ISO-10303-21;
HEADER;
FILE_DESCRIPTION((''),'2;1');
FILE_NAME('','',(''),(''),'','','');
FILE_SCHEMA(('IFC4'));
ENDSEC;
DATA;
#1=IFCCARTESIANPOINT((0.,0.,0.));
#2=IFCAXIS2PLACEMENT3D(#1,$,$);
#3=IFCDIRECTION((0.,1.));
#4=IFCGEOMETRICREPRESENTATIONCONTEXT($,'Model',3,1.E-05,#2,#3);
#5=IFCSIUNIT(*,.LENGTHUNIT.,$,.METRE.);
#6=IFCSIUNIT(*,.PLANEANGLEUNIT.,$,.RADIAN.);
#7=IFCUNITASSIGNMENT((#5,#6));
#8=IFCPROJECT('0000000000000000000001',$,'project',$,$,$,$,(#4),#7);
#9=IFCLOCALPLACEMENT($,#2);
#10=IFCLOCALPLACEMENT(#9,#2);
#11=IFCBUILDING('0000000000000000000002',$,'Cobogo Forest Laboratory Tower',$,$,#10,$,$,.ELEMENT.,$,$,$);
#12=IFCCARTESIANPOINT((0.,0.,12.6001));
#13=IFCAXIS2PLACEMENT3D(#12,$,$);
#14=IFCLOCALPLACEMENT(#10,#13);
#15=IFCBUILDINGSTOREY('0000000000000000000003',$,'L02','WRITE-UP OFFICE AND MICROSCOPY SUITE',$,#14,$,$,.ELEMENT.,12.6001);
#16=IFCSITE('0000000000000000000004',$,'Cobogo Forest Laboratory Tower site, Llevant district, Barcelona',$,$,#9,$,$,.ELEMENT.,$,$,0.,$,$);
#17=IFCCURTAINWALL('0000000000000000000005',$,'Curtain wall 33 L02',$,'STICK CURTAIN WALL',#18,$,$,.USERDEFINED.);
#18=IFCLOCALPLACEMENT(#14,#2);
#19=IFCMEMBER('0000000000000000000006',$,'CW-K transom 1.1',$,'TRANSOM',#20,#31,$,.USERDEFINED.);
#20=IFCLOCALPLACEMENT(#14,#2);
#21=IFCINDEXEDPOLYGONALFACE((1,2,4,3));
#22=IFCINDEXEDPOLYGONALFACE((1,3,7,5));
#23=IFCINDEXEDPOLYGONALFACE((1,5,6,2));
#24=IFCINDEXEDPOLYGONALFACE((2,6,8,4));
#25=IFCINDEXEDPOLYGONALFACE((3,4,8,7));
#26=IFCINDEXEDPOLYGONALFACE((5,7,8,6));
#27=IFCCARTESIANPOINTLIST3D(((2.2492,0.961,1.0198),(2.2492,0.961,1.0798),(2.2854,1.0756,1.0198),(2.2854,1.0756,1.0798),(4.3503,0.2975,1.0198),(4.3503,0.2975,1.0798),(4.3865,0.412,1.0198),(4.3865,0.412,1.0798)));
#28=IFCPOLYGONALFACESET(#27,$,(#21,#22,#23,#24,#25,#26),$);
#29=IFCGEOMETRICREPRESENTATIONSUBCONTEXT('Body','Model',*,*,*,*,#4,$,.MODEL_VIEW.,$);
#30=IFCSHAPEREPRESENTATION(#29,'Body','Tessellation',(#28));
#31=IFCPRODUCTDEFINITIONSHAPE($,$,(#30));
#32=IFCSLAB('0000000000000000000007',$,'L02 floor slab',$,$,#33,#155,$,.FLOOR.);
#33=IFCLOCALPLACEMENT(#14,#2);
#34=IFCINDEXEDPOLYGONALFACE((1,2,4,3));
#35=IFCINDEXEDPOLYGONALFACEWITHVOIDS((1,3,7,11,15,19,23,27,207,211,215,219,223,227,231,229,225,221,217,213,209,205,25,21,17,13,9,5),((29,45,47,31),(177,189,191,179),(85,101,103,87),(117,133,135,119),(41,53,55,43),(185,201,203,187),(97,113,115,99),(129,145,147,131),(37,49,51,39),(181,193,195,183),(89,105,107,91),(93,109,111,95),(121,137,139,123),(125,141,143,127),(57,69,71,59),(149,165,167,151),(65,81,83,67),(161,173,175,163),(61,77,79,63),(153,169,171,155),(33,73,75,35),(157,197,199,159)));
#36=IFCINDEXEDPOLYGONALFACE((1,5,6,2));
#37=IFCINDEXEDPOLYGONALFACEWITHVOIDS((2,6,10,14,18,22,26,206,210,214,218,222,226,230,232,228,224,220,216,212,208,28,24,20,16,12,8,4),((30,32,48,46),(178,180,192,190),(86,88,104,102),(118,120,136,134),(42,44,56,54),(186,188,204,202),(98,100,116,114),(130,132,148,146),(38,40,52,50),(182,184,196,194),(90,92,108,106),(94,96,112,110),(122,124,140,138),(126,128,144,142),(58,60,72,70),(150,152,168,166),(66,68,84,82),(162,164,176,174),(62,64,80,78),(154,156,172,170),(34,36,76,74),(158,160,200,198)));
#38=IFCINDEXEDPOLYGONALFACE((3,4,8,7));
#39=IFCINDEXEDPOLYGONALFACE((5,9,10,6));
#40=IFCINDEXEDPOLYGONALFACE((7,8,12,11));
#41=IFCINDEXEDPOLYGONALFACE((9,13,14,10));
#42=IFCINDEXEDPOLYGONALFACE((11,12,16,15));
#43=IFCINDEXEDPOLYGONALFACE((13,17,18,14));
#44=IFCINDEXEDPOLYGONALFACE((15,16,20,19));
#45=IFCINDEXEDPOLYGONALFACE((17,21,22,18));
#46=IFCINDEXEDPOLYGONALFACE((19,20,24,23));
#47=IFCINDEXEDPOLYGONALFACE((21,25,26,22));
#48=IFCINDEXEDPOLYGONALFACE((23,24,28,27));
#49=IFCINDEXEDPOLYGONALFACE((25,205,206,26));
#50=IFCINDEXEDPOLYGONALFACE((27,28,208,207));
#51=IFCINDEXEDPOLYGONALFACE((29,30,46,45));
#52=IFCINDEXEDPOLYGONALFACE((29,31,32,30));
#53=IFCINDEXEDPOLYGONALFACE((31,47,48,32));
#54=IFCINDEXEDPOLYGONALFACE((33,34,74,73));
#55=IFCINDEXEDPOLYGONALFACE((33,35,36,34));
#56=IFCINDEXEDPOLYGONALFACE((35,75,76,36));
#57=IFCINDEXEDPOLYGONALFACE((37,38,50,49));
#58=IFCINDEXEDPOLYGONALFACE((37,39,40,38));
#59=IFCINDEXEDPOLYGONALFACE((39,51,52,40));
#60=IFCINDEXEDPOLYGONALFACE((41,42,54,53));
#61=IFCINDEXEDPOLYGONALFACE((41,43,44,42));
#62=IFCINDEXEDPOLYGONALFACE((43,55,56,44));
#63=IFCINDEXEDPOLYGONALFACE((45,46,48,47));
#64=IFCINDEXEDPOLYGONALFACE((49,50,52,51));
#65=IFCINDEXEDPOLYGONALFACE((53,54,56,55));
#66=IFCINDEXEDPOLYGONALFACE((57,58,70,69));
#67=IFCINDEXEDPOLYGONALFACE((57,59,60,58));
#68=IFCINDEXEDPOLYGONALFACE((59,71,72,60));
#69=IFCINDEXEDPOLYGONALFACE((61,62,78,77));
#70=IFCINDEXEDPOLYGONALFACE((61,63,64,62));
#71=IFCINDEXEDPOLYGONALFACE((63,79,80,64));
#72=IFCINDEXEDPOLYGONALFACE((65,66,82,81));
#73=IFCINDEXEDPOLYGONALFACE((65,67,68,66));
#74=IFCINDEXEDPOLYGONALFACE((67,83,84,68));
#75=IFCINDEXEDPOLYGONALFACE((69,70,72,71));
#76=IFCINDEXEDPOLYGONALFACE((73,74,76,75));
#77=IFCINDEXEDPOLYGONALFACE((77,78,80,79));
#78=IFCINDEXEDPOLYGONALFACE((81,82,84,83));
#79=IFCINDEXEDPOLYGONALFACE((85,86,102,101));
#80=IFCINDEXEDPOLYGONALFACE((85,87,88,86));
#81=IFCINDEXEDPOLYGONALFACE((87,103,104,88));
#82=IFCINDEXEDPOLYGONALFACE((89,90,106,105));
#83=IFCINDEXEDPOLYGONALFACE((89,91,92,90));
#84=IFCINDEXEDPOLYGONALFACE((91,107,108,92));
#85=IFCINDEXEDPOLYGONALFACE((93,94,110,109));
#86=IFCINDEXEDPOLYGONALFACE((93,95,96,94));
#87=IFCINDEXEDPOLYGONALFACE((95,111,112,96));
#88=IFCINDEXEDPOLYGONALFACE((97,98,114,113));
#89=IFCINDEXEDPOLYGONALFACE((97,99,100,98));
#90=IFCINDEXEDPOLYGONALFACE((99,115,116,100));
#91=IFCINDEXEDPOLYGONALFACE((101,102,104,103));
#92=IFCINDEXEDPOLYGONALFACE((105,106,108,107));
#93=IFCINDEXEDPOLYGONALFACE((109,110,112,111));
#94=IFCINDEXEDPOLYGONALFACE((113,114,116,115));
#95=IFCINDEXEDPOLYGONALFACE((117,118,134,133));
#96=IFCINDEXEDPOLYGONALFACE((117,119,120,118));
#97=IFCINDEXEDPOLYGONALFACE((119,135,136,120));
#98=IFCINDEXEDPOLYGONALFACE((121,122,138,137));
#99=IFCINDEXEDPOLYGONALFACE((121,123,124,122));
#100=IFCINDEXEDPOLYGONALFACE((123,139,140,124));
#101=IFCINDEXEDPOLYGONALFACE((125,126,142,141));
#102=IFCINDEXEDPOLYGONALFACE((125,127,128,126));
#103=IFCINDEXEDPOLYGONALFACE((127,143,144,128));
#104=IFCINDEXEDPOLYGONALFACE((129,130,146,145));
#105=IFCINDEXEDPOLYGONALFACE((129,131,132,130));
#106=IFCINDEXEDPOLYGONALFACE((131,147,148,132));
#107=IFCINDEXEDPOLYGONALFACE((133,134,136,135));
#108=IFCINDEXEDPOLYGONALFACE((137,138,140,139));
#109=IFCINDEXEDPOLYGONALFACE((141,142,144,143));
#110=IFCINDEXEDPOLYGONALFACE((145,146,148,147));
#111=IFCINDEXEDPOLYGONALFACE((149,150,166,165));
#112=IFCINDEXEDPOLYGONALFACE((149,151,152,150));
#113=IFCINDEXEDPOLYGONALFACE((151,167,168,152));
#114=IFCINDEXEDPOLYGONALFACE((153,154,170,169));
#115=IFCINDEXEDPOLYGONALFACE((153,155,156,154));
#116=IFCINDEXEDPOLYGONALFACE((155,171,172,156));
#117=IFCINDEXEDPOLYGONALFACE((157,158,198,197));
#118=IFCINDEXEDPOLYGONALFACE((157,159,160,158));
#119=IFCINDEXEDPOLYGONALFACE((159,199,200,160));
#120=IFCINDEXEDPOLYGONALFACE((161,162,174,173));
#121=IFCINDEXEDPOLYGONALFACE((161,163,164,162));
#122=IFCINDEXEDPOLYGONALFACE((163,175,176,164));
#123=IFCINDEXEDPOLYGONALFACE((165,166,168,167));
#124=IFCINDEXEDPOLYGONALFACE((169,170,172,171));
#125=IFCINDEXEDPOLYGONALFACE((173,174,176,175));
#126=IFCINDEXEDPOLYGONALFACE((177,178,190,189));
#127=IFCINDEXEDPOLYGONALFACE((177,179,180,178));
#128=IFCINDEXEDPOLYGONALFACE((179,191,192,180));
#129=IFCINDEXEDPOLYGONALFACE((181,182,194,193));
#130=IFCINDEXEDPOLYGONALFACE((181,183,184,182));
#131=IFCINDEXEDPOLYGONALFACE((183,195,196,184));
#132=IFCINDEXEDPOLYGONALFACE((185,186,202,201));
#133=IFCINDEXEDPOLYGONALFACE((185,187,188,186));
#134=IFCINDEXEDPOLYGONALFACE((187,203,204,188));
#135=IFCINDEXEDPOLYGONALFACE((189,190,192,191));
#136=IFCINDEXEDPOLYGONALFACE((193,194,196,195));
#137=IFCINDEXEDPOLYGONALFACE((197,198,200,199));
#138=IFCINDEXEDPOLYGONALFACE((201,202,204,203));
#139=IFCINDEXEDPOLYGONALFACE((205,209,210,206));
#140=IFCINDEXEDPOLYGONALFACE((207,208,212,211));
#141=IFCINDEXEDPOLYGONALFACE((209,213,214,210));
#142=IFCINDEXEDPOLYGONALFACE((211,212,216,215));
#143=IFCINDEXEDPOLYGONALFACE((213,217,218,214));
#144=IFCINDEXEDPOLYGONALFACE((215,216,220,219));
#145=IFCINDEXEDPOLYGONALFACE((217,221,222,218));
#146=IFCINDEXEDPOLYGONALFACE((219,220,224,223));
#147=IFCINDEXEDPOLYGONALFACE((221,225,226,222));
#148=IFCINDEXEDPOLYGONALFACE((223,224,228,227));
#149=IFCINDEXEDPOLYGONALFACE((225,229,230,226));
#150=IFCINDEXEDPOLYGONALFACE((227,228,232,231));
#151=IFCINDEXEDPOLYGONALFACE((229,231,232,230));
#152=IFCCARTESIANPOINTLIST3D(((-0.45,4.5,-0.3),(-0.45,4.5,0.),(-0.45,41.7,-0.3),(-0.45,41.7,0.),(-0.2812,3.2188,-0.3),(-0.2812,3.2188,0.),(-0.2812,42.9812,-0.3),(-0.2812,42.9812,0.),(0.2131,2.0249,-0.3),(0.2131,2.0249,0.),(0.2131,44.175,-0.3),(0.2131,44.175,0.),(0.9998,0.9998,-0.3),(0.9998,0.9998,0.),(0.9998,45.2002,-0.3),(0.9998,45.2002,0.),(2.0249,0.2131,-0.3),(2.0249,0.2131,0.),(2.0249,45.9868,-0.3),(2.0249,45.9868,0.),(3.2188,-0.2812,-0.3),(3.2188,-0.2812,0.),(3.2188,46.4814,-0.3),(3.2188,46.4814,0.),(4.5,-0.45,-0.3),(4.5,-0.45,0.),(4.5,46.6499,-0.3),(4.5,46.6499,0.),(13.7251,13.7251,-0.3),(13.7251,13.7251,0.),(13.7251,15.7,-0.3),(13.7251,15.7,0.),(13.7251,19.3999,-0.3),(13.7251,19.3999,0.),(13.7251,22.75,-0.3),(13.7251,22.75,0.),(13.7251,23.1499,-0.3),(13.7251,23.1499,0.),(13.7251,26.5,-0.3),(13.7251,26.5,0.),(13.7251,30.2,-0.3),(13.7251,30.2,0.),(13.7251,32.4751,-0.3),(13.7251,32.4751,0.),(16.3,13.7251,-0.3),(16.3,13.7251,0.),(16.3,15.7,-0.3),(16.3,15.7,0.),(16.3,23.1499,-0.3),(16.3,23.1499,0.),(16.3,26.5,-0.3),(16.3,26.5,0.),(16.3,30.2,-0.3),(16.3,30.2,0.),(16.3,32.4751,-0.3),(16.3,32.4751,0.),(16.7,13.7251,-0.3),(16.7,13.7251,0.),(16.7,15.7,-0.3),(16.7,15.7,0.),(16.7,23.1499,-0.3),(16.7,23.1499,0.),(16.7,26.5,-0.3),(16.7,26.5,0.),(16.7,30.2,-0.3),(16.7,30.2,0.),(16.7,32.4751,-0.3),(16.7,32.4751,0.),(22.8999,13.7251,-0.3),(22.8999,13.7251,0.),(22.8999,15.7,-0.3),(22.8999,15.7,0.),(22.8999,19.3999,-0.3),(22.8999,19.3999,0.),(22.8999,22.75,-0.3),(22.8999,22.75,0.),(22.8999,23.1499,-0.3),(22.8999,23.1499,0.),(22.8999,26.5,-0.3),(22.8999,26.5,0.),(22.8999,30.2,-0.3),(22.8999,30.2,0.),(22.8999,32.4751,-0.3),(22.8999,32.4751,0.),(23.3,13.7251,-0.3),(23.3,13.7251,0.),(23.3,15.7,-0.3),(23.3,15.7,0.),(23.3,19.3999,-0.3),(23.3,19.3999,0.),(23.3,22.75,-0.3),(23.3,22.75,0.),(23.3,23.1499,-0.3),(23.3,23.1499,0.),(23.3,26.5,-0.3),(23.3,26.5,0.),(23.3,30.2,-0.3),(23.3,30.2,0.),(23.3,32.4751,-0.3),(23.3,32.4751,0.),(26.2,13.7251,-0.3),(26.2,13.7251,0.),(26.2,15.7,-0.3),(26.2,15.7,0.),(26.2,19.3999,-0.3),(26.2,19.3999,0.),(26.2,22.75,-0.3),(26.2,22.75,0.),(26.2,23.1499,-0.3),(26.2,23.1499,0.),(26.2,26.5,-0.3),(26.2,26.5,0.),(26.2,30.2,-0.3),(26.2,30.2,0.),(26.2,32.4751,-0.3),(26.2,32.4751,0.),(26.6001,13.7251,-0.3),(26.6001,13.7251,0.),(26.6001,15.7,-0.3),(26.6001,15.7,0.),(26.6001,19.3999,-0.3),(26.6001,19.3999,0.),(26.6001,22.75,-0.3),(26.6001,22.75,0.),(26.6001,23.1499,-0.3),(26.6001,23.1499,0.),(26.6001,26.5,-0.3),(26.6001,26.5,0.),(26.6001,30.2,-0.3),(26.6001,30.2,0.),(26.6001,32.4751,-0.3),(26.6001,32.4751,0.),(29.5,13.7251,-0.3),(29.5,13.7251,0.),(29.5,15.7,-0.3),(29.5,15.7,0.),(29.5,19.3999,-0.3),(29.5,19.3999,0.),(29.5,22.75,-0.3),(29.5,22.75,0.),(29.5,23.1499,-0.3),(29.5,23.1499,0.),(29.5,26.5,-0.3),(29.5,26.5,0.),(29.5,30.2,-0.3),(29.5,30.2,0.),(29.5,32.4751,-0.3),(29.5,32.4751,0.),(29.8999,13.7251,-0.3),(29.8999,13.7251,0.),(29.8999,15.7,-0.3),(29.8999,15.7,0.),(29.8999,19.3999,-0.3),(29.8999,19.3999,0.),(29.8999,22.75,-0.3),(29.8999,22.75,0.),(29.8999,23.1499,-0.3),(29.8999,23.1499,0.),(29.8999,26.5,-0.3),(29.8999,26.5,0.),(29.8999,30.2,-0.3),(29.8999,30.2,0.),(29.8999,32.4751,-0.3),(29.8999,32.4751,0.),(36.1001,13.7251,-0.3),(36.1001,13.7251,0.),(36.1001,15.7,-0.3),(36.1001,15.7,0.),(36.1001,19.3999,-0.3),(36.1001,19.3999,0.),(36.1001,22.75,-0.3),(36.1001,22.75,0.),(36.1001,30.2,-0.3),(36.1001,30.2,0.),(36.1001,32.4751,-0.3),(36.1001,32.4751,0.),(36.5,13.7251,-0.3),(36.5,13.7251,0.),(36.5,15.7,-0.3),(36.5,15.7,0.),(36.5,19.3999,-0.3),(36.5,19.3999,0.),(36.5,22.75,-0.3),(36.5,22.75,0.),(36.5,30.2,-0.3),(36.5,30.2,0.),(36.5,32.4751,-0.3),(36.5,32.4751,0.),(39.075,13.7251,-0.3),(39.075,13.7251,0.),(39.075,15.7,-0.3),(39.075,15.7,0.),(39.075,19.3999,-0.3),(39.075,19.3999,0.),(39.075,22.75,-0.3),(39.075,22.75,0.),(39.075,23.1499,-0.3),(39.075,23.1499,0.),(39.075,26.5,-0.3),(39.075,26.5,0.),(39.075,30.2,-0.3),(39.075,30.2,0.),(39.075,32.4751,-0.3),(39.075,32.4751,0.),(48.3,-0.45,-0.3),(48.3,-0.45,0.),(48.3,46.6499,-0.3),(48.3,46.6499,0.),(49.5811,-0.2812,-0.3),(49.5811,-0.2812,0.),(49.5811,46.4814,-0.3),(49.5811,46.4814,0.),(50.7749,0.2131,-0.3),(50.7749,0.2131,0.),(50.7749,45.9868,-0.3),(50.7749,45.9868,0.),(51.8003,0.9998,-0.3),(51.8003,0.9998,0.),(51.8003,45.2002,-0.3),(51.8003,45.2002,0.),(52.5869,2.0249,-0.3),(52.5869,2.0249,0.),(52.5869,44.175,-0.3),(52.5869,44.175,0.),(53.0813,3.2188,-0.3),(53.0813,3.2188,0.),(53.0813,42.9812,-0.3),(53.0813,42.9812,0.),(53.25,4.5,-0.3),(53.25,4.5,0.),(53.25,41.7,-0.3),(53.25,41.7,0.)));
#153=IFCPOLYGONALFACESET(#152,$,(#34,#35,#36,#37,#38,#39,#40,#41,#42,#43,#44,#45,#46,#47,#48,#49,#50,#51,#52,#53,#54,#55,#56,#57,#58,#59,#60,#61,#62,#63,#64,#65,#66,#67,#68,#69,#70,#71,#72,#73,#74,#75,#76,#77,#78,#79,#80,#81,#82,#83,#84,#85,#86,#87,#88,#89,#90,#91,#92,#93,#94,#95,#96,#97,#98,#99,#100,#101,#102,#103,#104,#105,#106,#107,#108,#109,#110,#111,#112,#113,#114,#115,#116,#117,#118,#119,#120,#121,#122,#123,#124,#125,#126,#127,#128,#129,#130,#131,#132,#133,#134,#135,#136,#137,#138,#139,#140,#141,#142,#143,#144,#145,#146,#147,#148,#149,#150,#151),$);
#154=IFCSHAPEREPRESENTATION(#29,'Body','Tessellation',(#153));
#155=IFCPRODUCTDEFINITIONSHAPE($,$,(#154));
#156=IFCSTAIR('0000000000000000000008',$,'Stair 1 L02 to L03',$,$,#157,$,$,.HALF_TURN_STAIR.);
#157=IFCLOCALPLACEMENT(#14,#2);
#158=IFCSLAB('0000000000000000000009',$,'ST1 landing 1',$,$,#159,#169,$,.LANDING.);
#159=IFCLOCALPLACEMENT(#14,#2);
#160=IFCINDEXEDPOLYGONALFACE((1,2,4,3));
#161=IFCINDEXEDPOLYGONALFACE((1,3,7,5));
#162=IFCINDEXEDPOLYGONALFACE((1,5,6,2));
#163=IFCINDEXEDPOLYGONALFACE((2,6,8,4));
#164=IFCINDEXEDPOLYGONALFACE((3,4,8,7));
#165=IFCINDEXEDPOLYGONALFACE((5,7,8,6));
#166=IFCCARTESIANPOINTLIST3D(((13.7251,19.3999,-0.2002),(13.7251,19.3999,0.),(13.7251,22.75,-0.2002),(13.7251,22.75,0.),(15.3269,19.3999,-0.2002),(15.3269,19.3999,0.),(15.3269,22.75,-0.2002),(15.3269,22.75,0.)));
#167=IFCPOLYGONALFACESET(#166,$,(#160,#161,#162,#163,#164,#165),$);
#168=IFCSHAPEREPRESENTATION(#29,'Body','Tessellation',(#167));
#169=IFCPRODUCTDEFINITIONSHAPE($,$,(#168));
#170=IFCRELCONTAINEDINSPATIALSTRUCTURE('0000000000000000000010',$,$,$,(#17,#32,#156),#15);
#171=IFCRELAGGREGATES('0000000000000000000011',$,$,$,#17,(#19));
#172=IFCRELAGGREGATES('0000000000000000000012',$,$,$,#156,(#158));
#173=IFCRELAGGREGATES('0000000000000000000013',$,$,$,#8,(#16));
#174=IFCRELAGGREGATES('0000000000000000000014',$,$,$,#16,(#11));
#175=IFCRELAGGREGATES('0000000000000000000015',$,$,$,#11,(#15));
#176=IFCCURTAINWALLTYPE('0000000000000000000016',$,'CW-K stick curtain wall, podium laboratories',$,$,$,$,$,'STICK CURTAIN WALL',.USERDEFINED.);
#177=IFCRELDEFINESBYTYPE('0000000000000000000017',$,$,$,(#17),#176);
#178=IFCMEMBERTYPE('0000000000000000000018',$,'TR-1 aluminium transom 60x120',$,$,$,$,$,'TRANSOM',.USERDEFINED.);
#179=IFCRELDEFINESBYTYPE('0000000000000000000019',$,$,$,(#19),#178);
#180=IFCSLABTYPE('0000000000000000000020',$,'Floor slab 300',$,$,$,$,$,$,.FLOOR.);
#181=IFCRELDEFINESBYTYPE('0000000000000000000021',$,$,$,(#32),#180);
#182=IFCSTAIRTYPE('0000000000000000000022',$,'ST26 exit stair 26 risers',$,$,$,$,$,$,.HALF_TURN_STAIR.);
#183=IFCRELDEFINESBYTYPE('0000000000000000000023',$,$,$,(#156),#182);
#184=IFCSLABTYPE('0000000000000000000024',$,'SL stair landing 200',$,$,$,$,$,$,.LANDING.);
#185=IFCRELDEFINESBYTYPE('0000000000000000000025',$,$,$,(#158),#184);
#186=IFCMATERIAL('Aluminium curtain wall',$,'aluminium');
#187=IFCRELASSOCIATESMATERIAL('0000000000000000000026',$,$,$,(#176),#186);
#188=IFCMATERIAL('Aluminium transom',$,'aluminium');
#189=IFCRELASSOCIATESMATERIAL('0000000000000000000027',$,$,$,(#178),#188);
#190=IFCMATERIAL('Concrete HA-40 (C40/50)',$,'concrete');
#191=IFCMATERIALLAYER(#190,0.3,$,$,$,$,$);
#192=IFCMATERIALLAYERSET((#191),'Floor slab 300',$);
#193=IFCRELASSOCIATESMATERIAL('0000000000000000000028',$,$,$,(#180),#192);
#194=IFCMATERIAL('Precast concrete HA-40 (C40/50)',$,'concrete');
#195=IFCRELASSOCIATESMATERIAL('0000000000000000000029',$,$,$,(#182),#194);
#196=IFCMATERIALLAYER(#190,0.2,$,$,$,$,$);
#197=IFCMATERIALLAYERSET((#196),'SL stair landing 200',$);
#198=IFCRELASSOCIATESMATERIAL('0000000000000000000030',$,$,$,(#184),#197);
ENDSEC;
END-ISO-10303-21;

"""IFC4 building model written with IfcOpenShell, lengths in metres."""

from ifc_helpers import new_model, si_unit, direction, frame, origin, origin_2d, place, context, subcontext, project, spatial, polyline, rectangle, outline, extrude, material, layer, layer_set, material_profile, profile_set, type_object, element, aggregate, save


model = new_model("IFC4")

# Units and contexts
model_context = context("Model", 3, precision=1e-05, world=origin(), true_north=direction((0.0, 1.0)))
body_context = subcontext(model_context, "Body", "Model", "MODEL_VIEW")
ifc_project = project(units=[si_unit("LENGTHUNIT", "METRE"), si_unit("PLANEANGLEUNIT", "RADIAN")], contexts=[model_context])

# Site, building, storey
site_placement = place(None, origin())
site = spatial("IfcSite", under=ifc_project, at=site_placement, Name="Cobogo Forest Laboratory Tower site, Llevant district, Barcelona", CompositionType="ELEMENT", RefElevation=0.0)
building_placement = place(site_placement, origin())
building = spatial("IfcBuilding", under=site, at=building_placement, Name="Cobogo Forest Laboratory Tower", CompositionType="ELEMENT")
storey_placement = place(building_placement, frame((0.0, 0.0, 12.6001)))
storey = spatial("IfcBuildingStorey", under=building, at=storey_placement, Name="L02", Description="WRITE-UP OFFICE AND MICROSCOPY SUITE", CompositionType="ELEMENT", Elevation=12.6001)

# Curtain wall, member
ifc_material_1 = material(Name="Aluminium curtain wall", Category="aluminium")
curtain_wall_type = type_object("IfcCurtainWallType", Name="CW-K stick curtain wall, podium laboratories", ElementType="STICK CURTAIN WALL", PredefinedType="USERDEFINED", material=ifc_material_1)
curtain_wall_placement = place(storey_placement, origin())
curtain_wall = element("IfcCurtainWall", 1, at=curtain_wall_placement, inside=storey, type_object=curtain_wall_type, Name="Curtain wall 33 L02", ObjectType="STICK CURTAIN WALL", PredefinedType="USERDEFINED")
ifc_material_2 = material(Name="Aluminium transom", Category="aluminium")
ifc_material_profile = material_profile(ifc_material_2, rectangle(XDim=0.1201, YDim=0.0601, at=origin_2d()), Name="AL 60x120")
ifc_profile_set = profile_set([ifc_material_profile], Name="Aluminium transom")
member_type = type_object("IfcMemberType", Name="TR-1 aluminium transom 60x120", ElementType="TRANSOM", PredefinedType="USERDEFINED", material=ifc_profile_set)
member_placement = place(storey_placement, frame((2.2673, 1.0183, 1.0498), z_axis=(0.953573, -0.301163, 0.0), x_axis=(0.301163, 0.953573, 0.0)))
member = element("IfcMember", 2, at=member_placement, type_object=member_type, Name="CW-K transom 1.1", ObjectType="TRANSOM", PredefinedType="USERDEFINED", context=body_context, shape_type="SweptSolid", body=[
    extrude(rectangle(XDim=0.1201, YDim=0.0601, at=origin_2d()), origin(), (0.0, 0.0, 1.0), 2.2034),
])
aggregate(curtain_wall, [member])

# Slab
ifc_material_3 = material(Name="Concrete HA-40 (C40/50)", Category="concrete")
ifc_layer_1 = layer(ifc_material_3, 0.3)
ifc_layer_set_1 = layer_set([ifc_layer_1], Name="Floor slab 300")
slab_type_1 = type_object("IfcSlabType", Name="Floor slab 300", PredefinedType="FLOOR", material=ifc_layer_set_1)
slab_1_placement = place(storey_placement, frame((0.0, 0.0, -0.3)))
element("IfcSlab", 3, at=slab_1_placement, inside=storey, type_object=slab_type_1, Name="L02 floor slab", PredefinedType="FLOOR", context=body_context, shape_type="SweptSolid", body=[
    extrude(outline(polyline([(48.3, -0.45), (49.5811, -0.2812), (50.7749, 0.2131), (51.8003, 0.9998), (52.5869, 2.0249), (53.0813, 3.2188), (53.25, 4.5), (53.25, 41.7), (53.0813, 42.9812), (52.5869, 44.175), (51.8003, 45.2002), (50.7749, 45.9868), (49.5811, 46.4814), (48.3, 46.6499), (4.5, 46.6499), (3.2188, 46.4814), (2.0249, 45.9868), (0.9998, 45.2002), (0.2131, 44.175), (-0.2812, 42.9812), (-0.45, 41.7), (-0.45, 4.5), (-0.2812, 3.2188), (0.2131, 2.0249), (0.9998, 0.9998), (2.0249, 0.2131), (3.2188, -0.2812), (4.5, -0.45), (48.3, -0.45)]), holes=[polyline([(16.3, 13.7251), (13.7251, 13.7251), (13.7251, 15.7), (16.3, 15.7), (16.3, 13.7251)]), polyline([(22.8999, 15.7), (22.8999, 13.7251), (16.7, 13.7251), (16.7, 15.7), (22.8999, 15.7)]), polyline([(23.3, 13.7251), (23.3, 15.7), (26.2, 15.7), (26.2, 13.7251), (23.3, 13.7251)]), polyline([(29.5, 13.7251), (26.6001, 13.7251), (26.6001, 15.7), (29.5, 15.7), (29.5, 13.7251)]), polyline([(36.1001, 15.7), (36.1001, 13.7251), (29.8999, 13.7251), (29.8999, 15.7), (36.1001, 15.7)]), polyline([(36.5, 13.7251), (36.5, 15.7), (39.075, 15.7), (39.075, 13.7251), (36.5, 13.7251)]), polyline([(13.7251, 19.3999), (13.7251, 22.75), (22.8999, 22.75), (22.8999, 19.3999), (13.7251, 19.3999)]), polyline([(23.3, 19.3999), (23.3, 22.75), (26.2, 22.75), (26.2, 19.3999), (23.3, 19.3999)]), polyline([(26.6001, 19.3999), (26.6001, 22.75), (29.5, 22.75), (29.5, 19.3999), (26.6001, 19.3999)]), polyline([(36.1001, 22.75), (36.1001, 19.3999), (29.8999, 19.3999), (29.8999, 22.75), (36.1001, 22.75)]), polyline([(39.075, 19.3999), (36.5, 19.3999), (36.5, 22.75), (39.075, 22.75), (39.075, 19.3999)]), polyline([(13.7251, 23.1499), (13.7251, 26.5), (16.3, 26.5), (16.3, 23.1499), (13.7251, 23.1499)]), polyline([(22.8999, 26.5), (22.8999, 23.1499), (16.7, 23.1499), (16.7, 26.5), (22.8999, 26.5)]), polyline([(23.3, 23.1499), (23.3, 26.5), (26.2, 26.5), (26.2, 23.1499), (23.3, 23.1499)]), polyline([(26.6001, 23.1499), (26.6001, 26.5), (29.5, 26.5), (29.5, 23.1499), (26.6001, 23.1499)]), polyline([(29.8999, 23.1499), (29.8999, 26.5), (39.075, 26.5), (39.075, 23.1499), (29.8999, 23.1499)]), polyline([(13.7251, 30.2), (13.7251, 32.4751), (16.3, 32.4751), (16.3, 30.2), (13.7251, 30.2)]), polyline([(22.8999, 32.4751), (22.8999, 30.2), (16.7, 30.2), (16.7, 32.4751), (22.8999, 32.4751)]), polyline([(23.3, 30.2), (23.3, 32.4751), (26.2, 32.4751), (26.2, 30.2), (23.3, 30.2)]), polyline([(26.6001, 30.2), (26.6001, 32.4751), (29.5, 32.4751), (29.5, 30.2), (26.6001, 30.2)]), polyline([(36.1001, 32.4751), (36.1001, 30.2), (29.8999, 30.2), (29.8999, 32.4751), (36.1001, 32.4751)]), polyline([(36.5, 30.2), (36.5, 32.4751), (39.075, 32.4751), (39.075, 30.2), (36.5, 30.2)])]), origin(), (0.0, 0.0, 1.0), 0.3),
])

# Stair, slab
ifc_material_4 = material(Name="Precast concrete HA-40 (C40/50)", Category="concrete")
stair_type = type_object("IfcStairType", Name="ST26 exit stair 26 risers", PredefinedType="HALF_TURN_STAIR", material=ifc_material_4)
stair_1_placement = place(storey_placement, origin())
stair_1 = element("IfcStair", 4, at=stair_1_placement, inside=storey, type_object=stair_type, Name="Stair 1 L02 to L03", PredefinedType="HALF_TURN_STAIR")
ifc_layer_2 = layer(ifc_material_3, 0.2)
ifc_layer_set_2 = layer_set([ifc_layer_2], Name="SL stair landing 200")
slab_type_2 = type_object("IfcSlabType", Name="SL stair landing 200", PredefinedType="LANDING", material=ifc_layer_set_2)
slab_2_placement = place(storey_placement, frame((0.0, 0.0, -0.2002)))
slab_2 = element("IfcSlab", 5, at=slab_2_placement, type_object=slab_type_2, Name="ST1 landing 1", PredefinedType="LANDING", context=body_context, shape_type="SweptSolid", body=[
    extrude(outline(polyline([(13.7251, 19.3999), (15.3269, 19.3999), (15.3269, 22.75), (13.7251, 22.75), (13.7251, 19.3999)])), origin(), (0.0, 0.0, 1.0), 0.2002),
])
aggregate(stair_1, [slab_2])

save(model, "model.ifc")
